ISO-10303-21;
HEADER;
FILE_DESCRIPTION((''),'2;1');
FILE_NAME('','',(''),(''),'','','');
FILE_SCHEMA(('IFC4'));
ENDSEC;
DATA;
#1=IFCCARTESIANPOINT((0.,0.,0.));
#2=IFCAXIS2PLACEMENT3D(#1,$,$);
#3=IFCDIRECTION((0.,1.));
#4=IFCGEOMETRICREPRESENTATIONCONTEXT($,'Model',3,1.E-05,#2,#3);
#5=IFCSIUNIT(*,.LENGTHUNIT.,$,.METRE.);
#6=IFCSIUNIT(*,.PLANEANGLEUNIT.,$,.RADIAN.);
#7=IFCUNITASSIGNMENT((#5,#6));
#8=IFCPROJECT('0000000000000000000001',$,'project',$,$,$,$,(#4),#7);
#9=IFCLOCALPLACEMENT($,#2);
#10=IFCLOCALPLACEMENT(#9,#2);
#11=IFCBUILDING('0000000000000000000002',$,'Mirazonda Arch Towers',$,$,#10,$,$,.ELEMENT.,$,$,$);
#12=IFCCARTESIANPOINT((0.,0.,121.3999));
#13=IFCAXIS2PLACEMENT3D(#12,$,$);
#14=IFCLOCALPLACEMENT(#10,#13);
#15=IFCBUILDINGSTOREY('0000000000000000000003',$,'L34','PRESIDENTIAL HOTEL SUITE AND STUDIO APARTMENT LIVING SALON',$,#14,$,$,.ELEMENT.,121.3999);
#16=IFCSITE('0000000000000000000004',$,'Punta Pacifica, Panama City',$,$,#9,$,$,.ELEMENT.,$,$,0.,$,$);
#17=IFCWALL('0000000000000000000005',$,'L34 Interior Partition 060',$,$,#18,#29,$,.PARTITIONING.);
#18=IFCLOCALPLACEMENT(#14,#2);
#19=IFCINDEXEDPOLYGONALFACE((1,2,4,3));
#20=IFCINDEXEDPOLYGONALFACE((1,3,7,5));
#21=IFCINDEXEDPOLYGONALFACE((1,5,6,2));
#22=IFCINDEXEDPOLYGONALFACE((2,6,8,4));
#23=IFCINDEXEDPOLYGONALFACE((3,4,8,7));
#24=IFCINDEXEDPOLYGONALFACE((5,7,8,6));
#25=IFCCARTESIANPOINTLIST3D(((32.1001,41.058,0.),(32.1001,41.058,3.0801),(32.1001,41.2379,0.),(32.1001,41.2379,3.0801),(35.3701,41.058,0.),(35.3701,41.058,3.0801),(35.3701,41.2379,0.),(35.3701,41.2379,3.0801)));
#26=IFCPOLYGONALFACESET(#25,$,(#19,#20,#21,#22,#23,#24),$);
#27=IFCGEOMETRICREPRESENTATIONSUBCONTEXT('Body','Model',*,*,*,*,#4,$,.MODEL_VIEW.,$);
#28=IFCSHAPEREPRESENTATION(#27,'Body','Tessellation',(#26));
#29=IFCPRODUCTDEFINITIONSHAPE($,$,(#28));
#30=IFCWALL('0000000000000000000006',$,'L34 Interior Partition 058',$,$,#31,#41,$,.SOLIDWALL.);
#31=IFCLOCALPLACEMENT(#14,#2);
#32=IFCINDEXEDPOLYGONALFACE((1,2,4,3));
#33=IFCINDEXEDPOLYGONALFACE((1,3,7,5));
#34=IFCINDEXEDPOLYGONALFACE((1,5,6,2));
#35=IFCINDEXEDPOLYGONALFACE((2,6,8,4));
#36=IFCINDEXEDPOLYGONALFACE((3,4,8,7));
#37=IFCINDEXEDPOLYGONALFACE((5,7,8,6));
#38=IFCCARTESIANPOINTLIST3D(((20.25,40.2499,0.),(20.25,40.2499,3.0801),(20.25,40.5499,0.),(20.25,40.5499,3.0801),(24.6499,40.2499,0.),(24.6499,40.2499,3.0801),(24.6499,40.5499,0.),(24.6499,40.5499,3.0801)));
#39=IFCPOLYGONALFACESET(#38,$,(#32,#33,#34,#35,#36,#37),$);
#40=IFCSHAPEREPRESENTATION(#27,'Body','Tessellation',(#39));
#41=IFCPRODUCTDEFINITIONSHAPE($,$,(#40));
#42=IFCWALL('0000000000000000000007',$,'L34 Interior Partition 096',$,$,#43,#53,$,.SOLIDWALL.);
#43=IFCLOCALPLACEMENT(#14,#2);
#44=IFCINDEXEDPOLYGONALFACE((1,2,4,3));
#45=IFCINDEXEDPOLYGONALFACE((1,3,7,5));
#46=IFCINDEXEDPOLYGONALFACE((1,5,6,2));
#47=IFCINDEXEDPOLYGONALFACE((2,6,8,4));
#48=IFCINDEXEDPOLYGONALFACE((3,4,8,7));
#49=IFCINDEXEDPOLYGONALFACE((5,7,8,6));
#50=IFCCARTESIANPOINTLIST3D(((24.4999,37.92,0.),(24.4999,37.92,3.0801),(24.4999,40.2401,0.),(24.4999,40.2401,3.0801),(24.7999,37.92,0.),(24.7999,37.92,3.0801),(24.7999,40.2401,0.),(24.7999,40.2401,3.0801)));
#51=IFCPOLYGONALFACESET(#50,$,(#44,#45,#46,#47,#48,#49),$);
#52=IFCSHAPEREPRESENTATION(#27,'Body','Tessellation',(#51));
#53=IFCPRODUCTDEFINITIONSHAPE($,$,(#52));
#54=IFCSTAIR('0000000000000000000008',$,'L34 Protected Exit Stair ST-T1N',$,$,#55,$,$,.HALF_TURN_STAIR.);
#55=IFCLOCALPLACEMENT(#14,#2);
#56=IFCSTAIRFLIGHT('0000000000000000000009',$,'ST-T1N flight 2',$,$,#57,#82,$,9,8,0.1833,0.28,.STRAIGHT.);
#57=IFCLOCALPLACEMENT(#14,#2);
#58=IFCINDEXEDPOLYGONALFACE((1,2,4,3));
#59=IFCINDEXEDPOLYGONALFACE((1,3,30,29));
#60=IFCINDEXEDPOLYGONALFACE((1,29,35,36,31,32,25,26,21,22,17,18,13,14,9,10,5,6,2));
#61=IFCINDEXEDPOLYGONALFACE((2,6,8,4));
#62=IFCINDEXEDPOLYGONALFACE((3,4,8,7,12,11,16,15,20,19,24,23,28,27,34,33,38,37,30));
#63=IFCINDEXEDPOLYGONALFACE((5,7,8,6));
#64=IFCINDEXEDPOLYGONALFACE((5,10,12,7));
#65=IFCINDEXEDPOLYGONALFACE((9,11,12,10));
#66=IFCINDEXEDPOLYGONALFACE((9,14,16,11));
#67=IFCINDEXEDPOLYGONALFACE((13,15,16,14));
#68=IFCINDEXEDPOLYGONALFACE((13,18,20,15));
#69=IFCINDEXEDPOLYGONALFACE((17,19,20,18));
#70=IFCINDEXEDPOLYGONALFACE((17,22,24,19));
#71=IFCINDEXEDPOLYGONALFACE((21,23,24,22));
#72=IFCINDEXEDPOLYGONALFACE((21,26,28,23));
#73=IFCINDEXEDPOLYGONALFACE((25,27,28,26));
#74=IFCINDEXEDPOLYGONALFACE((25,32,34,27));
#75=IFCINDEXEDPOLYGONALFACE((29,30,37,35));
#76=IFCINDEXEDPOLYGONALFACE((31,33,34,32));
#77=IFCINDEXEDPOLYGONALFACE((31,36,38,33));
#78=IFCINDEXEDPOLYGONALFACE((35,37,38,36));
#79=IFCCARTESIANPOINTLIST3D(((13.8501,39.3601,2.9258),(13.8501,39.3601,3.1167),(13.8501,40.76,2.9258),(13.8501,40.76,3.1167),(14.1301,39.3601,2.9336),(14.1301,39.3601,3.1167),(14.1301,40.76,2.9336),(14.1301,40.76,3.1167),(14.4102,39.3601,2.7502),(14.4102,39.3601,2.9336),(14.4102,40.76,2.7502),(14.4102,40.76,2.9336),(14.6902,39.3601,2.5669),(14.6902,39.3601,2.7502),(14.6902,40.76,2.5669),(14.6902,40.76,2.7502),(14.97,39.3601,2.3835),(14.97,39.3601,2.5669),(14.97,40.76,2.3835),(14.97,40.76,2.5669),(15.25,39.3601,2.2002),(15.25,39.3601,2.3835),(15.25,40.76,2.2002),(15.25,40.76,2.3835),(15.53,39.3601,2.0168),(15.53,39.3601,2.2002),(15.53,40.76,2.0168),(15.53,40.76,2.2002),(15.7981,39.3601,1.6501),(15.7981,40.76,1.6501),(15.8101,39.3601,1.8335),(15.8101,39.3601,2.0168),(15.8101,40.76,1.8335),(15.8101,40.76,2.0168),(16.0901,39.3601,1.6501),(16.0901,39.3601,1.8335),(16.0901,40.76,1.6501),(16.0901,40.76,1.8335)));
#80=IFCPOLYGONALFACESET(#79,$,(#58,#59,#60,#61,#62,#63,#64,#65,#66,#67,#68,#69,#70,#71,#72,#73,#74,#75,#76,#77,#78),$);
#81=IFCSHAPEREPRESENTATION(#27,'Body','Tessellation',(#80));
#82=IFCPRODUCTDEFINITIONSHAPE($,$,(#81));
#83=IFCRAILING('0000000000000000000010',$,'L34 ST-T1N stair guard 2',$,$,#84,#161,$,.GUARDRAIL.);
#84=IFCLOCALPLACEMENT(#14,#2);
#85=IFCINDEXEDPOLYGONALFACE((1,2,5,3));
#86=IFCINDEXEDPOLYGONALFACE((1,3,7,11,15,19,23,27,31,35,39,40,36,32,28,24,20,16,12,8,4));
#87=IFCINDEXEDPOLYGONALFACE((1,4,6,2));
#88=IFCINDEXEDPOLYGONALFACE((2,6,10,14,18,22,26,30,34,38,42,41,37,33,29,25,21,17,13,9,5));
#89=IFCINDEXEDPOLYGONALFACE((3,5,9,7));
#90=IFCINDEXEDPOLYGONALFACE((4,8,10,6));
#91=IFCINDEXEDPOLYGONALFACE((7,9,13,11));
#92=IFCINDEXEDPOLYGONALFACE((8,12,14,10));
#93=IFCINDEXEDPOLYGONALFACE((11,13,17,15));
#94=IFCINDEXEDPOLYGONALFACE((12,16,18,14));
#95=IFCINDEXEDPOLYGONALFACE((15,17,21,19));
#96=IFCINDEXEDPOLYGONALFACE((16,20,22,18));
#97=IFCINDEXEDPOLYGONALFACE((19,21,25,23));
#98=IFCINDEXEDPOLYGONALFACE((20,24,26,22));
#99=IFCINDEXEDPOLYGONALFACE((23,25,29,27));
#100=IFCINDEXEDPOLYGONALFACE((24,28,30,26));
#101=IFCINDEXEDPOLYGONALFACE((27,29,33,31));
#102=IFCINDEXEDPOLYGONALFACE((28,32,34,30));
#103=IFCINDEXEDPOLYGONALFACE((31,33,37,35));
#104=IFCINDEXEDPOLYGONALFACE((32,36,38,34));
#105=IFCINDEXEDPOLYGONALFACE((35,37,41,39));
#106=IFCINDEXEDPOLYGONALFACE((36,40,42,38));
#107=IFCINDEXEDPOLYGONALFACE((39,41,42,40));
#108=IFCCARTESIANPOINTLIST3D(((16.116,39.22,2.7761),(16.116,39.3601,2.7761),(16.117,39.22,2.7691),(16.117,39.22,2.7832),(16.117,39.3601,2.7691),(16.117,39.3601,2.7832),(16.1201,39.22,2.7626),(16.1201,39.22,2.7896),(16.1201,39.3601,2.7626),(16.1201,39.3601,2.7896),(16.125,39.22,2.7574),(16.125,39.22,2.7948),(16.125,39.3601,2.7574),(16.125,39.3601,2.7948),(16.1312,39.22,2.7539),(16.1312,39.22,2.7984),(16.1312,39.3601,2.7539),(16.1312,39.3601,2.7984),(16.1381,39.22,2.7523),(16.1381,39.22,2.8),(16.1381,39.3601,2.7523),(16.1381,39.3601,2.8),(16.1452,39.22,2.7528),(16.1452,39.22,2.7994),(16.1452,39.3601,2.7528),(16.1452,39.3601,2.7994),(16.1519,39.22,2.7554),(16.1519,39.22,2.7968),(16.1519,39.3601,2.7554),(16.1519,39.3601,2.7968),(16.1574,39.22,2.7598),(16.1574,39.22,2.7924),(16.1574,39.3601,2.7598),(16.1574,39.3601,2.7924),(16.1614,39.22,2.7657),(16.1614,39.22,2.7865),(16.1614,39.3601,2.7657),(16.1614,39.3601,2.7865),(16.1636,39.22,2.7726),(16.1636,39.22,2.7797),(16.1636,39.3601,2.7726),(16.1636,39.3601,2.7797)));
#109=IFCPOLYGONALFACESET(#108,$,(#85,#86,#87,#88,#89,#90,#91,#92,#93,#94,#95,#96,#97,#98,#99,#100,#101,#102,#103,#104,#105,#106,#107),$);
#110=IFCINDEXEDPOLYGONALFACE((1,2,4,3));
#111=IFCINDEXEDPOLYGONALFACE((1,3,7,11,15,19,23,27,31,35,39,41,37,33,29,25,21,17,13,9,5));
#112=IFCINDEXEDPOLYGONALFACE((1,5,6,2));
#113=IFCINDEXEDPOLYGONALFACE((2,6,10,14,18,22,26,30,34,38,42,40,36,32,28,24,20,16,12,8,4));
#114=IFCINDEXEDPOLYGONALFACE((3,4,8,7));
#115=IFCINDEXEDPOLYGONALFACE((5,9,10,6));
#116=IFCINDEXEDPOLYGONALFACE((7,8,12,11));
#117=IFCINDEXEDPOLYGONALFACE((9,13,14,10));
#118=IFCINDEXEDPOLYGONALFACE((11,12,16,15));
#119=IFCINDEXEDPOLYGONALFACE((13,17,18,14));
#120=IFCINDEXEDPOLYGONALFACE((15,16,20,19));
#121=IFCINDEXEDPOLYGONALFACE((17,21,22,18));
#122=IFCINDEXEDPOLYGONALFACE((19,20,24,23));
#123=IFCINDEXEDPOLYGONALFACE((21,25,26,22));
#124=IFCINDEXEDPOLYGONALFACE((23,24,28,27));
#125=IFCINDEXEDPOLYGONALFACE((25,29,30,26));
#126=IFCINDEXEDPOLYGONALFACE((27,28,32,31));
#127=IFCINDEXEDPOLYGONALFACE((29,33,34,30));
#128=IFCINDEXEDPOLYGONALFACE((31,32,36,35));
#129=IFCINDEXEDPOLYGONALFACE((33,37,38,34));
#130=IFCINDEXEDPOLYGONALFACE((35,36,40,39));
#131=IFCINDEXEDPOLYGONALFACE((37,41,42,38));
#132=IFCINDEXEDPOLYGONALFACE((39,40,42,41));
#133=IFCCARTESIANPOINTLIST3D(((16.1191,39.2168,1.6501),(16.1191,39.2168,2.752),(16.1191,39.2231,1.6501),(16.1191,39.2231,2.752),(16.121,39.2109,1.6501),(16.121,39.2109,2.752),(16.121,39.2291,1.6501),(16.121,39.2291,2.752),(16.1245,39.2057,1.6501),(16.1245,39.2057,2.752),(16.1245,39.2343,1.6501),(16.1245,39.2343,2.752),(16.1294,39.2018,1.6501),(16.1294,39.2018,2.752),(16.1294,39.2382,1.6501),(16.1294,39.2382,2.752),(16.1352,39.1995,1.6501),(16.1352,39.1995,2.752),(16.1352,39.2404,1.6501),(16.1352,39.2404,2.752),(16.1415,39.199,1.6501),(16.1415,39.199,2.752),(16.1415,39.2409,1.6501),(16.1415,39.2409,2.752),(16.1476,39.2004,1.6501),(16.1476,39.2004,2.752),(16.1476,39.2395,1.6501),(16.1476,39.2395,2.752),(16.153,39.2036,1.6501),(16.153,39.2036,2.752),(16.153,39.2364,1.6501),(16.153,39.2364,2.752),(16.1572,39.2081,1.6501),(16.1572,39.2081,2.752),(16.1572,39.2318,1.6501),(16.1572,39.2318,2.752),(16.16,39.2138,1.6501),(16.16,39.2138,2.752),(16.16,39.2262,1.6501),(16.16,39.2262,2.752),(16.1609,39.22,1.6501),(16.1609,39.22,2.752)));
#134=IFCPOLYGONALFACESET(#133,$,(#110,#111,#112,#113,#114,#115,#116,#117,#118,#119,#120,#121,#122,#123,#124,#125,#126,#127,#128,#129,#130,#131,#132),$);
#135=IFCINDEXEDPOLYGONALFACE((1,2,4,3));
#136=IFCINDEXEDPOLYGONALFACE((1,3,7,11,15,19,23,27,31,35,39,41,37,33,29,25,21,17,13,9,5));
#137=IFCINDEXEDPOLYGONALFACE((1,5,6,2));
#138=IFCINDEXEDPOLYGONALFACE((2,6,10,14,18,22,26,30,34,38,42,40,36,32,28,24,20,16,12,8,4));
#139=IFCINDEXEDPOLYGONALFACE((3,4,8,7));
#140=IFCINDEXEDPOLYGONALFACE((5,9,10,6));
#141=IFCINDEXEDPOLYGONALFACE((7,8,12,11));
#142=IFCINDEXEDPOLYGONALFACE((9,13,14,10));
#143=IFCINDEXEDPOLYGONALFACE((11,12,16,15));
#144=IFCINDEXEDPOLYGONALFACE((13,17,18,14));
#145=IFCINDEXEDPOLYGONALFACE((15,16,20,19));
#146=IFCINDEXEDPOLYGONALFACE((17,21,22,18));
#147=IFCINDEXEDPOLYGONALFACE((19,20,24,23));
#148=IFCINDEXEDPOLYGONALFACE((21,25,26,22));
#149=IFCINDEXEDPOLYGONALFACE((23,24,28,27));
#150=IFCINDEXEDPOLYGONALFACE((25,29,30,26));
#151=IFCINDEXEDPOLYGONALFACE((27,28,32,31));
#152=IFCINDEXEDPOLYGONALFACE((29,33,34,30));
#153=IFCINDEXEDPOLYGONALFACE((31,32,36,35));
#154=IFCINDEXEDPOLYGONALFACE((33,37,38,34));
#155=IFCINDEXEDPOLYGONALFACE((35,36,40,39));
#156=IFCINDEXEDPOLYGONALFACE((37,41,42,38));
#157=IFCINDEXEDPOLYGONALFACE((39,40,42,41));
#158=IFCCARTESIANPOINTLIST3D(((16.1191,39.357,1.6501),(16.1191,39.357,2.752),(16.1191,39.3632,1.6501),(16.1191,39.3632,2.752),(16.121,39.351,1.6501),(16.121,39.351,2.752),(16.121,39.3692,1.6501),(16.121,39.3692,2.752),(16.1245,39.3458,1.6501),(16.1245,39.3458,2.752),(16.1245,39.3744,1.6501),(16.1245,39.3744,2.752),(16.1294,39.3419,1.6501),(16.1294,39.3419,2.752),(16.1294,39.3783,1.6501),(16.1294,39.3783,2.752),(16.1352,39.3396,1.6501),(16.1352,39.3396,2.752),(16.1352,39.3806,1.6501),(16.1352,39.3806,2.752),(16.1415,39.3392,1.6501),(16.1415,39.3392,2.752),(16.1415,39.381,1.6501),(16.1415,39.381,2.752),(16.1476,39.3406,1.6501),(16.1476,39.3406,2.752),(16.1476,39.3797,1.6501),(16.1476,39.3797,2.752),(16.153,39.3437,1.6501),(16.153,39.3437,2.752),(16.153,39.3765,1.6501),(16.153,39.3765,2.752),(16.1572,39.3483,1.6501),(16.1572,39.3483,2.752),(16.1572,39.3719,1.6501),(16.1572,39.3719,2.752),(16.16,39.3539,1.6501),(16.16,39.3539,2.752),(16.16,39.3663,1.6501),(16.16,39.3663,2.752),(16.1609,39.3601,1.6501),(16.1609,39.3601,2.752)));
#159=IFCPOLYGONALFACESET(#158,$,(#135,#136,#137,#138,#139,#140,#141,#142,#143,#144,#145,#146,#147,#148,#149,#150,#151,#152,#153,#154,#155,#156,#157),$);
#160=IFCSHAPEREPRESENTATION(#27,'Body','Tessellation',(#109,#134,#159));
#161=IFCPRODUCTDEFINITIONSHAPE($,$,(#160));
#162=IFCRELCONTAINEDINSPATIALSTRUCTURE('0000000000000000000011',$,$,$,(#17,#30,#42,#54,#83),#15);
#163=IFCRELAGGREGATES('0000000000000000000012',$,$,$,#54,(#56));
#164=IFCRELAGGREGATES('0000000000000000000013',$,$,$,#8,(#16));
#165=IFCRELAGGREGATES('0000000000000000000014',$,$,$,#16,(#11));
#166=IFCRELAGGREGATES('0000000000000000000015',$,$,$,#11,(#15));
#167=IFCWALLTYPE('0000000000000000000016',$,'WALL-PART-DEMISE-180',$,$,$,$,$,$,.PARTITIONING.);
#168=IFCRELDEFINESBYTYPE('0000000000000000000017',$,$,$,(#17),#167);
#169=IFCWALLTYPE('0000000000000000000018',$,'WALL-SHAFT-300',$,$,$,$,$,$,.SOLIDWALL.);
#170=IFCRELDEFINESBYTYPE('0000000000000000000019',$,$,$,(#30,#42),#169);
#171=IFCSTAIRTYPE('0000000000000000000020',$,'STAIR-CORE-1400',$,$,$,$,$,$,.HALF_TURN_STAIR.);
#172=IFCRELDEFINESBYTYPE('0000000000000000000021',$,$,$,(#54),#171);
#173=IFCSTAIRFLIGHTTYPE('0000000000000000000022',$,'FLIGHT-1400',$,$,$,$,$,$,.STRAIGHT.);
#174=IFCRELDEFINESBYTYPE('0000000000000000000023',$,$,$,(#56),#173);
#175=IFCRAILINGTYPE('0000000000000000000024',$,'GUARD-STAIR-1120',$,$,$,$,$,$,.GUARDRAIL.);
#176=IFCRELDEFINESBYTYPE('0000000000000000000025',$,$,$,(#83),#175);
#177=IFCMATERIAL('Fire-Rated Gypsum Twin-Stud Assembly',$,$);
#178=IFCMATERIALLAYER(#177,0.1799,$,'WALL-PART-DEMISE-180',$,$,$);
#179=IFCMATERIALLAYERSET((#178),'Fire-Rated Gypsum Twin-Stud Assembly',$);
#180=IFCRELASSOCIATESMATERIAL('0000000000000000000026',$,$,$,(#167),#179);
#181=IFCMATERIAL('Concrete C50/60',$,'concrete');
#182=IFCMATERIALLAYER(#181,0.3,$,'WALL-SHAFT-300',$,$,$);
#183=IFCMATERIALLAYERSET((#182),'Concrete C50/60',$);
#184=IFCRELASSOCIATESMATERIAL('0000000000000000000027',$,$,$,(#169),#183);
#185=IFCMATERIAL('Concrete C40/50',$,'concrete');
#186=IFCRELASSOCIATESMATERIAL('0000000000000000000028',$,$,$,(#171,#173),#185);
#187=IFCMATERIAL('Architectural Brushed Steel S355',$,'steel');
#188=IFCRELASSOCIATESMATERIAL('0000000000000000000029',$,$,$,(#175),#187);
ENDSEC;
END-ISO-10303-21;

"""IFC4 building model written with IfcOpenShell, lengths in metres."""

from ifc_helpers import new_model, si_unit, direction, frame, frame_2d, origin, origin_2d, place, context, subcontext, project, spatial, polyline, rectangle, circle, outline, extrude, material, layer, layer_set, type_object, element, aggregate, save


model = new_model("IFC4")

# Units and contexts
model_context = context("Model", 3, precision=1e-05, world=origin(), true_north=direction((0.0, 1.0)))
body_context = subcontext(model_context, "Body", "Model", "MODEL_VIEW")
ifc_project = project(units=[si_unit("LENGTHUNIT", "METRE"), si_unit("PLANEANGLEUNIT", "RADIAN")], contexts=[model_context])

# Site, building, storey
site_placement = place(None, origin())
site = spatial("IfcSite", under=ifc_project, at=site_placement, Name="Punta Pacifica, Panama City", CompositionType="ELEMENT", RefElevation=0.0)
building_placement = place(site_placement, origin())
building = spatial("IfcBuilding", under=site, at=building_placement, Name="Mirazonda Arch Towers", CompositionType="ELEMENT")
storey_placement = place(building_placement, frame((0.0, 0.0, 121.3999)))
storey = spatial("IfcBuildingStorey", under=building, at=storey_placement, Name="L34", Description="PRESIDENTIAL HOTEL SUITE AND STUDIO APARTMENT LIVING SALON", CompositionType="ELEMENT", Elevation=121.3999)

# Shared definitions
ifc_material_1 = material(Name="Concrete C50/60", Category="concrete")

# Shared definitions
ifc_material_2 = material(Name="Concrete C40/50", Category="concrete")

# Shared definitions
ifc_material_3 = material(Name="Architectural Brushed Steel S355", Category="steel")

# Wall
ifc_material_4 = material(Name="Fire-Rated Gypsum Twin-Stud Assembly")
ifc_layer_1 = layer(ifc_material_4, 0.1799, Name="WALL-PART-DEMISE-180")
ifc_layer_set_1 = layer_set([ifc_layer_1], Name="Fire-Rated Gypsum Twin-Stud Assembly")
wall_type_1 = type_object("IfcWallType", Name="WALL-PART-DEMISE-180", PredefinedType="PARTITIONING", material=ifc_layer_set_1)
wall_1_placement = place(storey_placement, frame((32.1001, 41.1479, 0.0), z_axis=(0.0, 0.0, 1.0), x_axis=(1.0, 0.0, 0.0)))
element("IfcWall", 1, at=wall_1_placement, inside=storey, type_object=wall_type_1, Name="L34 Interior Partition 060", PredefinedType="PARTITIONING", context=body_context, shape_type="SweptSolid", body=[
    extrude(rectangle(XDim=3.27, YDim=0.1799, at=frame_2d((1.635, 0.0))), origin(), (0.0, 0.0, 1.0), 3.0801),
])

# Walls
ifc_layer_2 = layer(ifc_material_1, 0.3, Name="WALL-SHAFT-300")
ifc_layer_set_2 = layer_set([ifc_layer_2], Name="Concrete C50/60")
wall_type_2 = type_object("IfcWallType", Name="WALL-SHAFT-300", PredefinedType="SOLIDWALL", material=ifc_layer_set_2)
wall_2_placement = place(storey_placement, frame((20.25, 40.3999, 0.0), z_axis=(0.0, 0.0, 1.0), x_axis=(1.0, 0.0, 0.0)))
element("IfcWall", 2, at=wall_2_placement, inside=storey, type_object=wall_type_2, Name="L34 Interior Partition 058", PredefinedType="SOLIDWALL", context=body_context, shape_type="SweptSolid", body=[
    extrude(rectangle(XDim=4.3999, YDim=0.3, at=frame_2d((2.2, 0.0))), origin(), (0.0, 0.0, 1.0), 3.0801),
])
wall_3_placement = place(storey_placement, frame((24.6499, 37.9199, 0.0), z_axis=(0.0, 0.0, 1.0), x_axis=(0.0, 1.0, 0.0)))
element("IfcWall", 3, at=wall_3_placement, inside=storey, type_object=wall_type_2, Name="L34 Interior Partition 096", PredefinedType="SOLIDWALL", context=body_context, shape_type="SweptSolid", body=[
    extrude(rectangle(XDim=2.3201, YDim=0.3, at=frame_2d((1.1602, 0.0))), origin(), (0.0, 0.0, 1.0), 3.0801),
])

# Stair, stair flight
stair_type = type_object("IfcStairType", Name="STAIR-CORE-1400", PredefinedType="HALF_TURN_STAIR", material=ifc_material_2)
stair_placement = place(storey_placement, origin())
stair = element("IfcStair", 4, at=stair_placement, inside=storey, type_object=stair_type, Name="L34 Protected Exit Stair ST-T1N", PredefinedType="HALF_TURN_STAIR")
stair_flight_type = type_object("IfcStairFlightType", Name="FLIGHT-1400", PredefinedType="STRAIGHT", material=ifc_material_2)
stair_flight_placement = place(storey_placement, frame((16.0901, 40.0601, 1.6501), z_axis=(0.0, 0.0, 1.0), x_axis=(-1.0, 0.0, 0.0)))
stair_flight = element("IfcStairFlight", 5, at=stair_flight_placement, type_object=stair_flight_type, Name="ST-T1N flight 2", NumberOfRisers=9, NumberOfTreads=8, PredefinedType="STRAIGHT", RiserHeight=0.1833, TreadLength=0.28, context=body_context, shape_type="SweptSolid", body=[
    extrude(outline(polyline([(0.0, 0.0), (0.0, 0.1833), (0.28, 0.1833), (0.28, 0.3667), (0.5601, 0.3667), (0.5601, 0.55), (0.8401, 0.55), (0.8401, 0.7334), (1.1201, 0.7334), (1.1201, 0.9167), (1.3999, 0.9167), (1.3999, 1.1001), (1.6799, 1.1001), (1.6799, 1.2834), (1.96, 1.2834), (1.96, 1.4666), (2.24, 1.4666), (2.24, 1.6499), (2.24, 1.2756), (0.292, 0.0), (0.0, 0.0)])), frame((0.0, 0.7, 0.0), z_axis=(0.0, -1.0, 0.0), x_axis=(1.0, 0.0, 0.0)), (0.0, 0.0, 1.0), 1.3999),
])
aggregate(stair, [stair_flight])

# Railing
railing_type_1 = type_object("IfcRailingType", Name="GUARD-STAIR-1120", PredefinedType="GUARDRAIL", material=ifc_material_3)
railing_1_placement = place(storey_placement, frame((16.1399, 39.22, 1.6501)))
element("IfcRailing", 6, at=railing_1_placement, inside=storey, type_object=railing_type_1, Name="L34 ST-T1N stair guard 2", PredefinedType="GUARDRAIL", context=body_context, shape_type="SweptSolid", body=[
    extrude(circle(Radius=0.0239, at=origin_2d()), frame((0.0, 0.0, 1.126), z_axis=(0.0, 1.0, 0.0), x_axis=(-1.0, 0.0, 0.0)), (0.0, 0.0, 1.0), 0.1401),
    extrude(circle(Radius=0.021, at=origin_2d()), origin(), (0.0, 0.0, 1.0), 1.1018),
    extrude(circle(Radius=0.021, at=origin_2d()), frame((0.0, 0.1401, 0.0)), (0.0, 0.0, 1.0), 1.1018),
])

save(model, "model.ifc")
